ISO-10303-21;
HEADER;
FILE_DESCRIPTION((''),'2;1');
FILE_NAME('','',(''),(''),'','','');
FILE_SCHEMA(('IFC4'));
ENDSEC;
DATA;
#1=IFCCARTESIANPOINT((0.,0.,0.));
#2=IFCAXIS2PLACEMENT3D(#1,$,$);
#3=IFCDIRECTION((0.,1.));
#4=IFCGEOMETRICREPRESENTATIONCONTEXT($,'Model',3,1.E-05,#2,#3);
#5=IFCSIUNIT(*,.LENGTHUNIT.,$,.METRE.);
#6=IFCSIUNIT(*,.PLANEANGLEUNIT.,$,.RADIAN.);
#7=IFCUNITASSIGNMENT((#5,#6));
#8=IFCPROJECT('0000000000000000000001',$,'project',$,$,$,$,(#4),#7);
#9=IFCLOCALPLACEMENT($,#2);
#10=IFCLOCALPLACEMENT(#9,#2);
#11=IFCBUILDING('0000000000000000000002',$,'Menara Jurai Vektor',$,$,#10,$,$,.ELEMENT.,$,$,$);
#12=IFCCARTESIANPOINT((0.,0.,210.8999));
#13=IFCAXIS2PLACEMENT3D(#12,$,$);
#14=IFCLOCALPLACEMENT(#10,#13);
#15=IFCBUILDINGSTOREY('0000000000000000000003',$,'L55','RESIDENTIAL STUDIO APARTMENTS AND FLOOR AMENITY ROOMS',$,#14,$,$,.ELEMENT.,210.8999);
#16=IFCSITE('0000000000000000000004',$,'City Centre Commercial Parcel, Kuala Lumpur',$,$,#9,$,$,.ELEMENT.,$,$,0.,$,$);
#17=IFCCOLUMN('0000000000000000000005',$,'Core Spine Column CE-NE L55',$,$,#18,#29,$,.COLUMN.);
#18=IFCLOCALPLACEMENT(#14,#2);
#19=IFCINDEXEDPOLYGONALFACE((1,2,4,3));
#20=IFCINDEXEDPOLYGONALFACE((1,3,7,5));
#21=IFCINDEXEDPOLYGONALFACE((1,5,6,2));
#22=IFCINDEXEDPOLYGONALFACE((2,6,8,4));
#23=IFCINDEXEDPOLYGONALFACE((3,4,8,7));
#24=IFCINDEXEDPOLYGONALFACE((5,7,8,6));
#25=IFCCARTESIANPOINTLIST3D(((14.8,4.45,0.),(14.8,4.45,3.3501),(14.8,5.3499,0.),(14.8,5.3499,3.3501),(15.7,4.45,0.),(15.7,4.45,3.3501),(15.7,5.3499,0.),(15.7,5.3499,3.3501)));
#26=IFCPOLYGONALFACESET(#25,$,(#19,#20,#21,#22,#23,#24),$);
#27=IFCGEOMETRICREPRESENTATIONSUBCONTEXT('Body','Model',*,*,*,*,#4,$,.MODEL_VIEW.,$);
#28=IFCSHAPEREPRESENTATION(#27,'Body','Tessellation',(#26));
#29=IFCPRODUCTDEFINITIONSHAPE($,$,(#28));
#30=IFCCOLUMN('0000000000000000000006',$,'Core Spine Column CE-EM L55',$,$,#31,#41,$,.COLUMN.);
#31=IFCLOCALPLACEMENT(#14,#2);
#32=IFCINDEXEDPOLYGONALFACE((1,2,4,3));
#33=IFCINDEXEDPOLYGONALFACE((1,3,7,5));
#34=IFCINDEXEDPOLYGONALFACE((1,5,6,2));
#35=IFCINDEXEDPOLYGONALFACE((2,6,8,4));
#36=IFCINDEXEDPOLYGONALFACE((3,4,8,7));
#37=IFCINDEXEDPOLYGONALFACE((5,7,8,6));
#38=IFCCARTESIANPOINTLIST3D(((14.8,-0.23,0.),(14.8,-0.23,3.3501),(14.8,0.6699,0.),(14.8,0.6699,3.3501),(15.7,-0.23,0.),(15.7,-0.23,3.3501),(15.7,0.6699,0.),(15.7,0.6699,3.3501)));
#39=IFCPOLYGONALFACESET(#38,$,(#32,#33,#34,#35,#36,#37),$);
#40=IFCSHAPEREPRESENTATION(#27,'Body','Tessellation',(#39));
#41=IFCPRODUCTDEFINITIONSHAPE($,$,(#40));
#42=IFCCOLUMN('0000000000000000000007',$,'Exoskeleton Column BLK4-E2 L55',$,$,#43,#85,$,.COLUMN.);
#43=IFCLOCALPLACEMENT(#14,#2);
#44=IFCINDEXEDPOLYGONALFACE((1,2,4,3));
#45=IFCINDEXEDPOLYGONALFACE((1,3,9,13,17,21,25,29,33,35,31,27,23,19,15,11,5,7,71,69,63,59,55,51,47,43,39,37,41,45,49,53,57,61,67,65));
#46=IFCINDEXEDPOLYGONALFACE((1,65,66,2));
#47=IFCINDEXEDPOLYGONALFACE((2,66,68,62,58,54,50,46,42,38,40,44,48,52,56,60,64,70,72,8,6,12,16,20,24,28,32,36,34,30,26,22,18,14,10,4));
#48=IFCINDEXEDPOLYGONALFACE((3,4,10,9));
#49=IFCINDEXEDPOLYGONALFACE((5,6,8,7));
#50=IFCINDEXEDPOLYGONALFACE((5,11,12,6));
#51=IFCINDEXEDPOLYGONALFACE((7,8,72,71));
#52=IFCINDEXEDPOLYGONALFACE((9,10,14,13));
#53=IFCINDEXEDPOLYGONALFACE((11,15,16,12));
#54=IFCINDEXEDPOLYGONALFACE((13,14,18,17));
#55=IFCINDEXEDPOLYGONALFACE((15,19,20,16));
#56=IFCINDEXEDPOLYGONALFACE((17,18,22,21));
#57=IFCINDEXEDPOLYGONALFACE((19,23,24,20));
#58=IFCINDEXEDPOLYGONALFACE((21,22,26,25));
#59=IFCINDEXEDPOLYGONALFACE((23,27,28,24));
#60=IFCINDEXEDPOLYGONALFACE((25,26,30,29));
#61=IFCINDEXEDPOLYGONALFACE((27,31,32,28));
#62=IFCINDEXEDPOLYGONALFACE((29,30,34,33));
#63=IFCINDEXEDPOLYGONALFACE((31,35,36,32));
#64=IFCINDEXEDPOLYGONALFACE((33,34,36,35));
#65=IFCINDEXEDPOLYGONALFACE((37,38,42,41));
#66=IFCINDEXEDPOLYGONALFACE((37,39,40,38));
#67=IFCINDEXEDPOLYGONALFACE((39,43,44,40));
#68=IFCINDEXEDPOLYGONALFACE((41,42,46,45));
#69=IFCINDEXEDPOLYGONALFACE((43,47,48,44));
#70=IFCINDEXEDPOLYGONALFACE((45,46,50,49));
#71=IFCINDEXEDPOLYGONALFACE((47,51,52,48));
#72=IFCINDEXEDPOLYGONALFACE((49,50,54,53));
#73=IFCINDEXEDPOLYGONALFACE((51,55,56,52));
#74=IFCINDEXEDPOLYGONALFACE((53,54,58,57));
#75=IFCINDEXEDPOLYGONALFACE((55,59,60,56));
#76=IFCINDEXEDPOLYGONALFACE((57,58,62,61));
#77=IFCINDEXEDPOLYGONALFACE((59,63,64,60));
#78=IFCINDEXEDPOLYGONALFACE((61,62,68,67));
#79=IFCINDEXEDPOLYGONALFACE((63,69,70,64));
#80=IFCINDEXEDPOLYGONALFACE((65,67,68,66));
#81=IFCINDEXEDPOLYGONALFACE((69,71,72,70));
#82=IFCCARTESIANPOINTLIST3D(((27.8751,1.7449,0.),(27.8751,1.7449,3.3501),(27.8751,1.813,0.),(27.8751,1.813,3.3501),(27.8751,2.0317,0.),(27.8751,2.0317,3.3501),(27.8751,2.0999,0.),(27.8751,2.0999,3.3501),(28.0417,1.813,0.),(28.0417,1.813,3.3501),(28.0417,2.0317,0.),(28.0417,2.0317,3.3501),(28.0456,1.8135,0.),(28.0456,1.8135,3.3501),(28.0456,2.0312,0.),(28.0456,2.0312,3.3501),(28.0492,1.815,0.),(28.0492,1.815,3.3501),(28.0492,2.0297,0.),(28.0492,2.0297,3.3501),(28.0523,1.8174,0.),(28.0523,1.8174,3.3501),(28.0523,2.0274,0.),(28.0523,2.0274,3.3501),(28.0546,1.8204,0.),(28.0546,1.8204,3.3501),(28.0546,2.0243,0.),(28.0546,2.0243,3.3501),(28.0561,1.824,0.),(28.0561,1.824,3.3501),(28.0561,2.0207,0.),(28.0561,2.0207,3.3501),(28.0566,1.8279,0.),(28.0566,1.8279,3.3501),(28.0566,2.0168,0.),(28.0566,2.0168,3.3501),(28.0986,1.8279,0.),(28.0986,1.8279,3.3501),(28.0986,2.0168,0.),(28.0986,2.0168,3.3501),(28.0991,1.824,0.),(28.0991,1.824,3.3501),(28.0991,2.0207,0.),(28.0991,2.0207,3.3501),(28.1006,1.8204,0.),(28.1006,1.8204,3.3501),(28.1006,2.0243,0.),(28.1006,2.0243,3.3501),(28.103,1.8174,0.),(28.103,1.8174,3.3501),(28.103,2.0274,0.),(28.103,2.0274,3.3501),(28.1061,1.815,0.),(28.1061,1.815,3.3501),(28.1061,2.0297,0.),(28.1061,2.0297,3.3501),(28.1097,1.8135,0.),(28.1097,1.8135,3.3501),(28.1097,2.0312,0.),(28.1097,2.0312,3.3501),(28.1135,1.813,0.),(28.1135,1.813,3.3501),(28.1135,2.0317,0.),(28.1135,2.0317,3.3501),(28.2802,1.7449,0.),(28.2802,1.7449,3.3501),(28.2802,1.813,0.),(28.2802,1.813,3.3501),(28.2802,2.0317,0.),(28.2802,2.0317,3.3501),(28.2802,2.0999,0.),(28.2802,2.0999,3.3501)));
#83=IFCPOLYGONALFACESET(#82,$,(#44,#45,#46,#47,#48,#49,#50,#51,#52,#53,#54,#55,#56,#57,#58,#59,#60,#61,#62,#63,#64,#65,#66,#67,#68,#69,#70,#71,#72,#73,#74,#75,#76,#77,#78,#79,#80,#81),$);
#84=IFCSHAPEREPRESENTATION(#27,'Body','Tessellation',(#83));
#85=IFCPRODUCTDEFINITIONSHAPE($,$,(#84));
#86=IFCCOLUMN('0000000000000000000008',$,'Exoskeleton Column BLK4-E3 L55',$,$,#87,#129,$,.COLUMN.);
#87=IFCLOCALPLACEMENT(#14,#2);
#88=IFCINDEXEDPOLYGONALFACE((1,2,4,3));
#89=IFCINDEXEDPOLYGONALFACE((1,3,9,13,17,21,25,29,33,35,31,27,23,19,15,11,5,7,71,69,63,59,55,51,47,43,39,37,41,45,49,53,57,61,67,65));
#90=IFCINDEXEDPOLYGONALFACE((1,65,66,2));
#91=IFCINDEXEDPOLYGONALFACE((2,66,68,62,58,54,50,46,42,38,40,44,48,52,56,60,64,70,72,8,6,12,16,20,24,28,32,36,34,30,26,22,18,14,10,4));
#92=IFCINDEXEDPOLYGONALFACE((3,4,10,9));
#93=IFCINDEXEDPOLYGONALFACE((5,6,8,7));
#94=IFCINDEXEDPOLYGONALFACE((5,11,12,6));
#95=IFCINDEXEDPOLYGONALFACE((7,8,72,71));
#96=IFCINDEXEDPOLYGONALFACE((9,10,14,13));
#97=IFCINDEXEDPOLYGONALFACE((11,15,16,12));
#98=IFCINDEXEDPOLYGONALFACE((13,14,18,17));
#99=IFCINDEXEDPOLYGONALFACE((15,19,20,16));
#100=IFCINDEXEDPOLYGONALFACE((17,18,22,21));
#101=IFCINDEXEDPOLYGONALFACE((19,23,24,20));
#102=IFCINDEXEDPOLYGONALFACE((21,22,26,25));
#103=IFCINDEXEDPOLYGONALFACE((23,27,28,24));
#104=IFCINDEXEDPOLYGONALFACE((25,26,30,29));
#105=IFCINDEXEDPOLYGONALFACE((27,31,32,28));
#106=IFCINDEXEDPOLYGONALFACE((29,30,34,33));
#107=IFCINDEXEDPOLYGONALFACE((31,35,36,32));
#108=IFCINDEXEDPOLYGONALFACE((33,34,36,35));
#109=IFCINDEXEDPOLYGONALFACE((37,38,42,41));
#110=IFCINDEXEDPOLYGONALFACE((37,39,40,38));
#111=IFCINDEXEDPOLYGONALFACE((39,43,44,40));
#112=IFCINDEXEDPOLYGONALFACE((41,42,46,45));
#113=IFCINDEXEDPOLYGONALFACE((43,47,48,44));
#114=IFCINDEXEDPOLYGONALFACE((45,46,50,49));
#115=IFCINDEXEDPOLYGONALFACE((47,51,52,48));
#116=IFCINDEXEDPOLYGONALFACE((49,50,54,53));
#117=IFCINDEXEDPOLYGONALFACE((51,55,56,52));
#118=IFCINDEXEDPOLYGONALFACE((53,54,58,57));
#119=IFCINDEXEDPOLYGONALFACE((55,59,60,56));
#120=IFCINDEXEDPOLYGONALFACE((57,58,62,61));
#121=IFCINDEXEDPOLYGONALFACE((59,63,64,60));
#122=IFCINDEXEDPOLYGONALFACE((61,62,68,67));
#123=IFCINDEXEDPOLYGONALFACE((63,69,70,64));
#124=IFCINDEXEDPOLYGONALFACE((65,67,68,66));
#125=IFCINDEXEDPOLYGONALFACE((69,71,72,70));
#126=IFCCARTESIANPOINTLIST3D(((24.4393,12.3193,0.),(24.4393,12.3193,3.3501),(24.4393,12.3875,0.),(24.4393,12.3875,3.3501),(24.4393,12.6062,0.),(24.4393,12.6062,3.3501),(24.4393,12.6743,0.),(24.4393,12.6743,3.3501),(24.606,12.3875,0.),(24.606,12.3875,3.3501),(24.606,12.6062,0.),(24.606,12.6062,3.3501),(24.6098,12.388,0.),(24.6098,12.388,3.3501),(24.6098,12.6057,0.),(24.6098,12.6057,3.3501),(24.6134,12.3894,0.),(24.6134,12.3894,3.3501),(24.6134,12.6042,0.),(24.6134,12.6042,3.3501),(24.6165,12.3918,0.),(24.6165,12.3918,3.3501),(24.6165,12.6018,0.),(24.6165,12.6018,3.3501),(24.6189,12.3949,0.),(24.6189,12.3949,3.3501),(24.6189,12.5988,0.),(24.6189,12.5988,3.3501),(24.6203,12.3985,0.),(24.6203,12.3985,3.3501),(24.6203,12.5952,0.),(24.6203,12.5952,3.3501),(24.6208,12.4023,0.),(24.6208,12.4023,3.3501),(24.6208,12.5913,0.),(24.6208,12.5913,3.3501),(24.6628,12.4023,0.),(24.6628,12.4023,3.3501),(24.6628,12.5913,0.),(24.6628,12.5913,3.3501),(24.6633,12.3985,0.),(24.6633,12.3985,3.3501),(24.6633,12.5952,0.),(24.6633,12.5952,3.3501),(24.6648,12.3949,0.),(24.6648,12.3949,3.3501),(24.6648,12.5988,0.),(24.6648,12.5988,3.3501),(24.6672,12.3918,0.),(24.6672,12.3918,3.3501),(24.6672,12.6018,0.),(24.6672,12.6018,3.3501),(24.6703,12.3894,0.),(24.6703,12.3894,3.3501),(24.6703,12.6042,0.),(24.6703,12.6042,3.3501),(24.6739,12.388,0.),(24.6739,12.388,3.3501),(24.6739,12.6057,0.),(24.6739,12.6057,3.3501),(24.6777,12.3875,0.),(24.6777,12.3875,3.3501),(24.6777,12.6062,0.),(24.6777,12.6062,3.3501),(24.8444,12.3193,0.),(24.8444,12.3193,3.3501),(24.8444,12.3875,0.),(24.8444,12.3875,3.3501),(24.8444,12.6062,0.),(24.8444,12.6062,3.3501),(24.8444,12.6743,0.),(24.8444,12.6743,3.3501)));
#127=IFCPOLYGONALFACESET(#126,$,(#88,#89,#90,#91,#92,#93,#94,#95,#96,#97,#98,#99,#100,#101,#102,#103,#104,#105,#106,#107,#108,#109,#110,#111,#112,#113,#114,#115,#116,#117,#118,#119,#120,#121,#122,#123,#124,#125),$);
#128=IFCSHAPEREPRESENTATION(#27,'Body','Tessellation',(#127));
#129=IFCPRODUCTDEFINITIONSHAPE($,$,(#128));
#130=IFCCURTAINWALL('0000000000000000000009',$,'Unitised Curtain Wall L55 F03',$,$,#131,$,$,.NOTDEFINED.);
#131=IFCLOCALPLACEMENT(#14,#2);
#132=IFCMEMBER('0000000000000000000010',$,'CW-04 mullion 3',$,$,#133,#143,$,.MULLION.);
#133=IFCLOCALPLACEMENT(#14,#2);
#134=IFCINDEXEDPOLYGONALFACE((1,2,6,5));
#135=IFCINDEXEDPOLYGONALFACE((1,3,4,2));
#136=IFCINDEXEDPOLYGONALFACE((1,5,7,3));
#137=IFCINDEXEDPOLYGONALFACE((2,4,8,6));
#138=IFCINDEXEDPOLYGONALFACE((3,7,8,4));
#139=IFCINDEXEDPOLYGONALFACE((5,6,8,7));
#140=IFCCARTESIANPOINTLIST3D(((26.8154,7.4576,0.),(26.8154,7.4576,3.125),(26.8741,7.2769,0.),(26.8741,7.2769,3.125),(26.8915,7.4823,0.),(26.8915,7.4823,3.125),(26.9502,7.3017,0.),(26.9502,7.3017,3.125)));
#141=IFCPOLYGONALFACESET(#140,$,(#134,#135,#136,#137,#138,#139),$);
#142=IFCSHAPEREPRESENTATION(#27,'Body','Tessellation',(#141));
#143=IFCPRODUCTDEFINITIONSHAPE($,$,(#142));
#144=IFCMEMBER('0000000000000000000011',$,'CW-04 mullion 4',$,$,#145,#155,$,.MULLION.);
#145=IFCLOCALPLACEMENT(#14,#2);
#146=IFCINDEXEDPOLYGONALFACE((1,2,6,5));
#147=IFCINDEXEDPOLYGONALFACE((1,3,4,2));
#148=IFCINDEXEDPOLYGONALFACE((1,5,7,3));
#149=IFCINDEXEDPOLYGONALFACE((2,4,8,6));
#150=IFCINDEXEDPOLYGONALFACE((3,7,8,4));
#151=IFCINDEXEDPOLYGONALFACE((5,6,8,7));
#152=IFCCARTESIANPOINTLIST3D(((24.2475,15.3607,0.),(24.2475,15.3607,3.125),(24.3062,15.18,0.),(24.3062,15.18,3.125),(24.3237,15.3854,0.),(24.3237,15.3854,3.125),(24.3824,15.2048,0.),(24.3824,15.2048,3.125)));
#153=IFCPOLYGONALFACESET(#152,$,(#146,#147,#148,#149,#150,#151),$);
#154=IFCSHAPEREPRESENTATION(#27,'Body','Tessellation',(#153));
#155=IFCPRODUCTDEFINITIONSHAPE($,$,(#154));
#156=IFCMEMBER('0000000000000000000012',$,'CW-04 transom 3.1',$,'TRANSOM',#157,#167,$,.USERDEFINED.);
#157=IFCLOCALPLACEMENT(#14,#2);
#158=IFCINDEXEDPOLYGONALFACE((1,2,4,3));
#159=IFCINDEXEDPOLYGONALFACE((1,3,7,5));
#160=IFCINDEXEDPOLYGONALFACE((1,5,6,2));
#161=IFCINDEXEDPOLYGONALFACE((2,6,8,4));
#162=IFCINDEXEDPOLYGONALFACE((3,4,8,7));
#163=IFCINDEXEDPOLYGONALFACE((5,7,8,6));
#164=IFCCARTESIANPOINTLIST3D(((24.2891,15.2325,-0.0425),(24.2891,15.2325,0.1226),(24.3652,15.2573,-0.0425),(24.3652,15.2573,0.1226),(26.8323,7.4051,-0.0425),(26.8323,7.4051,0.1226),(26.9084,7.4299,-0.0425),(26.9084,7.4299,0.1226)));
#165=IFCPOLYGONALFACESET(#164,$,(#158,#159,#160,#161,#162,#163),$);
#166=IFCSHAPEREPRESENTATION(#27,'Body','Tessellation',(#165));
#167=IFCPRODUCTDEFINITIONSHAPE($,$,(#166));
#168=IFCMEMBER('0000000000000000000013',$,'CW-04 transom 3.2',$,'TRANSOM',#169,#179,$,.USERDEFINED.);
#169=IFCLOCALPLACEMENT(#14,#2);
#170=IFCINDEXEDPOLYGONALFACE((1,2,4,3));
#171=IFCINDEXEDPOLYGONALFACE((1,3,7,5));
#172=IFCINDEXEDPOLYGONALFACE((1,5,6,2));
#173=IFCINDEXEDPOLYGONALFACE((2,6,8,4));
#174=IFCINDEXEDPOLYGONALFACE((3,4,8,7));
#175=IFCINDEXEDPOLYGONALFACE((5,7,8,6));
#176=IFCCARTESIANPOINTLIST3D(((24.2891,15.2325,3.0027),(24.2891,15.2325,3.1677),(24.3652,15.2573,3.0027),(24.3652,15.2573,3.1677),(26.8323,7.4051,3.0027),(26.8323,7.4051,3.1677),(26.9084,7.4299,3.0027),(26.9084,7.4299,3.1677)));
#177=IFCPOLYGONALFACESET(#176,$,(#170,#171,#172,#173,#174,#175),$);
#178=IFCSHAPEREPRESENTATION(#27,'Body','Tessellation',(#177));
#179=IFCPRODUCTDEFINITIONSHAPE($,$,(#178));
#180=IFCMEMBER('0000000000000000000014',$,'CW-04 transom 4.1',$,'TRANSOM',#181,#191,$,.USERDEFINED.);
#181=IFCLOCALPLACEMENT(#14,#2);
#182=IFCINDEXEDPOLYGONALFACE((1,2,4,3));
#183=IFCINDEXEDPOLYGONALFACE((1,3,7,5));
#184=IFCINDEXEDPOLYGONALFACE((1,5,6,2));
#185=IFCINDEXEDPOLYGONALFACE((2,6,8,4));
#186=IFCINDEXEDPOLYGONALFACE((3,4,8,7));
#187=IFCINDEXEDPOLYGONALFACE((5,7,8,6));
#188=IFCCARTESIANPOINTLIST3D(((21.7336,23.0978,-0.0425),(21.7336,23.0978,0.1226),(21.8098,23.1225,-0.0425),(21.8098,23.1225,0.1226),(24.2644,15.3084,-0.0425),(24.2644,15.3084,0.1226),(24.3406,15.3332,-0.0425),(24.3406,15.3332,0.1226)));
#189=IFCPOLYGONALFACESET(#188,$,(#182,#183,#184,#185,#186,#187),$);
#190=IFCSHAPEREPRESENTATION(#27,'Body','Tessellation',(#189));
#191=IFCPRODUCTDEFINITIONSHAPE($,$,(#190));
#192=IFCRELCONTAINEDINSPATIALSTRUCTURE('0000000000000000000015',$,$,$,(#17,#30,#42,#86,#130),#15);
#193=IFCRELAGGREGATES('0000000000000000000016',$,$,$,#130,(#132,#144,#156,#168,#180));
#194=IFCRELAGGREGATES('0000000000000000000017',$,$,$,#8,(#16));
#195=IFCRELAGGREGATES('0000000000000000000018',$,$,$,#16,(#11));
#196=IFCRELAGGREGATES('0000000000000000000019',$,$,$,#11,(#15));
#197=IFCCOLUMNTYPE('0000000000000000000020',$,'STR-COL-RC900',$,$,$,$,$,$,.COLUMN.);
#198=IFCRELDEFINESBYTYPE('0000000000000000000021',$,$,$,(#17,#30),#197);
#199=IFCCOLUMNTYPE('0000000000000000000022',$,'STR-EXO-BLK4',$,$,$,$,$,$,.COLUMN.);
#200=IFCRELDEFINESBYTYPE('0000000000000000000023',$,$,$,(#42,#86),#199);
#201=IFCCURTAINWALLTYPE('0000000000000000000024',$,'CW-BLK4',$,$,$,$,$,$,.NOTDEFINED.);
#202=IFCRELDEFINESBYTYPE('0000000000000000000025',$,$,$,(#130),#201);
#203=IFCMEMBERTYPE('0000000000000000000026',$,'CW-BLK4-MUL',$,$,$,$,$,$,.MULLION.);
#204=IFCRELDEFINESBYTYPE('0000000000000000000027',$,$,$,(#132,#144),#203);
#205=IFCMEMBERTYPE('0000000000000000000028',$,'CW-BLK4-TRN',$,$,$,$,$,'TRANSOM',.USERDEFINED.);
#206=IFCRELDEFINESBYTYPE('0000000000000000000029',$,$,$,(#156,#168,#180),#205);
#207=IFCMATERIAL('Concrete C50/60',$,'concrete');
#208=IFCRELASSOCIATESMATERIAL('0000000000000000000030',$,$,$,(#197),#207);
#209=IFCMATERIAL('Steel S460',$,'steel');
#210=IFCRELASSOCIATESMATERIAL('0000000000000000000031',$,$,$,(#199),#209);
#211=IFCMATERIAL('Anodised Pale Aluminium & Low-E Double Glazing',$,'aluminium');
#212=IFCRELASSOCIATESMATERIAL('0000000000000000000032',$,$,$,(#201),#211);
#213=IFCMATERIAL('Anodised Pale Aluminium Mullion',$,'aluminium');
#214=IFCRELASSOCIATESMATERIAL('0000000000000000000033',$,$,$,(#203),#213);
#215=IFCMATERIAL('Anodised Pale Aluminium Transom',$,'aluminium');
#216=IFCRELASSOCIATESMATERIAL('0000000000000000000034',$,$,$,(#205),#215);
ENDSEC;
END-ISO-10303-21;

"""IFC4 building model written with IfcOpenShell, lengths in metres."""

from ifc_helpers import new_model, si_unit, direction, frame, origin, origin_2d, place, context, subcontext, project, spatial, rectangle, i_section, extrude, material, material_profile, profile_set, type_object, element, aggregate, save


model = new_model("IFC4")

# Units and contexts
model_context = context("Model", 3, precision=1e-05, world=origin(), true_north=direction((0.0, 1.0)))
body_context = subcontext(model_context, "Body", "Model", "MODEL_VIEW")
ifc_project = project(units=[si_unit("LENGTHUNIT", "METRE"), si_unit("PLANEANGLEUNIT", "RADIAN")], contexts=[model_context])

# Site, building, storey
site_placement = place(None, origin())
site = spatial("IfcSite", under=ifc_project, at=site_placement, Name="City Centre Commercial Parcel, Kuala Lumpur", CompositionType="ELEMENT", RefElevation=0.0)
building_placement = place(site_placement, origin())
building = spatial("IfcBuilding", under=site, at=building_placement, Name="Menara Jurai Vektor", CompositionType="ELEMENT")
storey_placement = place(building_placement, frame((0.0, 0.0, 210.8999)))
storey = spatial("IfcBuildingStorey", under=building, at=storey_placement, Name="L55", Description="RESIDENTIAL STUDIO APARTMENTS AND FLOOR AMENITY ROOMS", CompositionType="ELEMENT", Elevation=210.8999)

# Columns
ifc_material_1 = material(Name="Concrete C50/60", Category="concrete")
ifc_material_profile_1 = material_profile(ifc_material_1, rectangle(XDim=0.8999, YDim=0.8999, at=origin_2d()), Name="RC 900x900")
ifc_profile_set_1 = profile_set([ifc_material_profile_1], Name="Concrete C50/60")
column_type_1 = type_object("IfcColumnType", Name="STR-COL-RC900", PredefinedType="COLUMN", material=ifc_profile_set_1)
for number, where, z_axis, x_axis, name in (
    (1, (15.25, 4.8999, 0.0), (0.0, 0.0, 1.0), (1.0, 0.0, 0.0), "Core Spine Column CE-NE L55"),
    (2, (15.25, 0.22, 0.0), (0.0, 0.0, 1.0), (1.0, 0.0, 0.0), "Core Spine Column CE-EM L55"),
):
    element("IfcColumn", number, at=place(storey_placement, frame(where, z_axis=z_axis, x_axis=x_axis)), inside=storey, type_object=column_type_1, Name=name, PredefinedType="COLUMN", context=body_context, shape_type="SweptSolid", body=[
        extrude(rectangle(XDim=0.8999, YDim=0.8999, at=origin_2d()), origin(), (0.0, 0.0, 1.0), 3.3501),
    ])
ifc_material_2 = material(Name="Steel S460", Category="steel")
ifc_material_profile_2 = material_profile(ifc_material_2, i_section(OverallWidth=0.405, OverallDepth=0.355, WebThickness=0.042, FlangeThickness=0.0681, FilletRadius=0.0149, at=origin_2d()), Name="HD 400x551")
ifc_profile_set_2 = profile_set([ifc_material_profile_2], Name="Steel S460")
column_type_2 = type_object("IfcColumnType", Name="STR-EXO-BLK4", PredefinedType="COLUMN", material=ifc_profile_set_2)
for number, where, z_axis, x_axis, name in (
    (3, (28.0776, 1.9224, 0.0), (0.0, 0.0, 1.0), (1.0, 0.0, 0.0), "Exoskeleton Column BLK4-E2 L55"),
    (4, (24.6418, 12.4968, 0.0), (0.0, 0.0, 1.0), (1.0, 0.0, 0.0), "Exoskeleton Column BLK4-E3 L55"),
):
    element("IfcColumn", number, at=place(storey_placement, frame(where, z_axis=z_axis, x_axis=x_axis)), inside=storey, type_object=column_type_2, Name=name, PredefinedType="COLUMN", context=body_context, shape_type="SweptSolid", body=[
        extrude(i_section(OverallWidth=0.405, OverallDepth=0.355, WebThickness=0.042, FlangeThickness=0.0681, FilletRadius=0.0149, at=origin_2d()), origin(), (0.0, 0.0, 1.0), 3.3501),
    ])

# Curtain wall, members
ifc_material_3 = material(Name="Anodised Pale Aluminium & Low-E Double Glazing", Category="aluminium")
curtain_wall_type = type_object("IfcCurtainWallType", Name="CW-BLK4", PredefinedType="NOTDEFINED", material=ifc_material_3)
curtain_wall_placement = place(storey_placement, origin())
curtain_wall = element("IfcCurtainWall", 5, at=curtain_wall_placement, inside=storey, type_object=curtain_wall_type, Name="Unitised Curtain Wall L55 F03", PredefinedType="NOTDEFINED")
ifc_material_4 = material(Name="Anodised Pale Aluminium Mullion", Category="aluminium")
ifc_material_profile_3 = material_profile(ifc_material_4, rectangle(XDim=0.0801, YDim=0.1899, at=origin_2d()), Name="ALU MUL 80x190")
ifc_profile_set_3 = profile_set([ifc_material_profile_3], Name="Anodised Pale Aluminium Mullion")
member_type_1 = type_object("IfcMemberType", Name="CW-BLK4-MUL", PredefinedType="MULLION", material=ifc_profile_set_3)
member_1_placement = place(storey_placement, frame((26.8828, 7.3796, 0.0), z_axis=(0.0, 0.0, 1.0), x_axis=(-0.951057, -0.309016, 0.0)))
member_1 = element("IfcMember", 6, at=member_1_placement, type_object=member_type_1, Name="CW-04 mullion 3", PredefinedType="MULLION", context=body_context, shape_type="SweptSolid", body=[
    extrude(rectangle(XDim=0.0801, YDim=0.1899, at=origin_2d()), origin(), (0.0, 0.0, 1.0), 3.125),
])
member_2_placement = place(storey_placement, frame((24.3149, 15.2827, 0.0), z_axis=(0.0, 0.0, 1.0), x_axis=(-0.951057, -0.309016, 0.0)))
member_2 = element("IfcMember", 7, at=member_2_placement, type_object=member_type_1, Name="CW-04 mullion 4", PredefinedType="MULLION", context=body_context, shape_type="SweptSolid", body=[
    extrude(rectangle(XDim=0.0801, YDim=0.1899, at=origin_2d()), origin(), (0.0, 0.0, 1.0), 3.125),
])
ifc_material_5 = material(Name="Anodised Pale Aluminium Transom", Category="aluminium")
ifc_material_profile_4 = material_profile(ifc_material_5, rectangle(XDim=0.0801, YDim=0.165, at=origin_2d()), Name="ALU TRN 80x165")
ifc_profile_set_4 = profile_set([ifc_material_profile_4], Name="Anodised Pale Aluminium Transom")
member_type_2 = type_object("IfcMemberType", Name="CW-BLK4-TRN", ElementType="TRANSOM", PredefinedType="USERDEFINED", material=ifc_profile_set_4)
member_3_placement = place(storey_placement, frame((26.8704, 7.4175, 0.04), z_axis=(-0.30901, 0.951059, 0.0), x_axis=(-0.951059, -0.30901, 0.0)))
member_3 = element("IfcMember", 8, at=member_3_placement, type_object=member_type_2, Name="CW-04 transom 3.1", ObjectType="TRANSOM", PredefinedType="USERDEFINED", context=body_context, shape_type="SweptSolid", body=[
    extrude(rectangle(XDim=0.0801, YDim=0.165, at=origin_2d()), origin(), (0.0, 0.0, 1.0), 8.2302),
])
member_4_placement = place(storey_placement, frame((26.8704, 7.4175, 3.0852), z_axis=(-0.30901, 0.951059, 0.0), x_axis=(-0.951059, -0.30901, 0.0)))
member_4 = element("IfcMember", 9, at=member_4_placement, type_object=member_type_2, Name="CW-04 transom 3.2", ObjectType="TRANSOM", PredefinedType="USERDEFINED", context=body_context, shape_type="SweptSolid", body=[
    extrude(rectangle(XDim=0.0801, YDim=0.165, at=origin_2d()), origin(), (0.0, 0.0, 1.0), 8.2302),
])
member_5_placement = place(storey_placement, frame((24.3025, 15.3208, 0.04), z_axis=(-0.309002, 0.951061, 0.0), x_axis=(-0.951061, -0.309002, 0.0)))
member_5 = element("IfcMember", 10, at=member_5_placement, type_object=member_type_2, Name="CW-04 transom 4.1", ObjectType="TRANSOM", PredefinedType="USERDEFINED", context=body_context, shape_type="SweptSolid", body=[
    extrude(rectangle(XDim=0.0801, YDim=0.165, at=origin_2d()), origin(), (0.0, 0.0, 1.0), 8.1902),
])

aggregate(curtain_wall, [member_1, member_2, member_3, member_4, member_5])

save(model, "model.ifc")
